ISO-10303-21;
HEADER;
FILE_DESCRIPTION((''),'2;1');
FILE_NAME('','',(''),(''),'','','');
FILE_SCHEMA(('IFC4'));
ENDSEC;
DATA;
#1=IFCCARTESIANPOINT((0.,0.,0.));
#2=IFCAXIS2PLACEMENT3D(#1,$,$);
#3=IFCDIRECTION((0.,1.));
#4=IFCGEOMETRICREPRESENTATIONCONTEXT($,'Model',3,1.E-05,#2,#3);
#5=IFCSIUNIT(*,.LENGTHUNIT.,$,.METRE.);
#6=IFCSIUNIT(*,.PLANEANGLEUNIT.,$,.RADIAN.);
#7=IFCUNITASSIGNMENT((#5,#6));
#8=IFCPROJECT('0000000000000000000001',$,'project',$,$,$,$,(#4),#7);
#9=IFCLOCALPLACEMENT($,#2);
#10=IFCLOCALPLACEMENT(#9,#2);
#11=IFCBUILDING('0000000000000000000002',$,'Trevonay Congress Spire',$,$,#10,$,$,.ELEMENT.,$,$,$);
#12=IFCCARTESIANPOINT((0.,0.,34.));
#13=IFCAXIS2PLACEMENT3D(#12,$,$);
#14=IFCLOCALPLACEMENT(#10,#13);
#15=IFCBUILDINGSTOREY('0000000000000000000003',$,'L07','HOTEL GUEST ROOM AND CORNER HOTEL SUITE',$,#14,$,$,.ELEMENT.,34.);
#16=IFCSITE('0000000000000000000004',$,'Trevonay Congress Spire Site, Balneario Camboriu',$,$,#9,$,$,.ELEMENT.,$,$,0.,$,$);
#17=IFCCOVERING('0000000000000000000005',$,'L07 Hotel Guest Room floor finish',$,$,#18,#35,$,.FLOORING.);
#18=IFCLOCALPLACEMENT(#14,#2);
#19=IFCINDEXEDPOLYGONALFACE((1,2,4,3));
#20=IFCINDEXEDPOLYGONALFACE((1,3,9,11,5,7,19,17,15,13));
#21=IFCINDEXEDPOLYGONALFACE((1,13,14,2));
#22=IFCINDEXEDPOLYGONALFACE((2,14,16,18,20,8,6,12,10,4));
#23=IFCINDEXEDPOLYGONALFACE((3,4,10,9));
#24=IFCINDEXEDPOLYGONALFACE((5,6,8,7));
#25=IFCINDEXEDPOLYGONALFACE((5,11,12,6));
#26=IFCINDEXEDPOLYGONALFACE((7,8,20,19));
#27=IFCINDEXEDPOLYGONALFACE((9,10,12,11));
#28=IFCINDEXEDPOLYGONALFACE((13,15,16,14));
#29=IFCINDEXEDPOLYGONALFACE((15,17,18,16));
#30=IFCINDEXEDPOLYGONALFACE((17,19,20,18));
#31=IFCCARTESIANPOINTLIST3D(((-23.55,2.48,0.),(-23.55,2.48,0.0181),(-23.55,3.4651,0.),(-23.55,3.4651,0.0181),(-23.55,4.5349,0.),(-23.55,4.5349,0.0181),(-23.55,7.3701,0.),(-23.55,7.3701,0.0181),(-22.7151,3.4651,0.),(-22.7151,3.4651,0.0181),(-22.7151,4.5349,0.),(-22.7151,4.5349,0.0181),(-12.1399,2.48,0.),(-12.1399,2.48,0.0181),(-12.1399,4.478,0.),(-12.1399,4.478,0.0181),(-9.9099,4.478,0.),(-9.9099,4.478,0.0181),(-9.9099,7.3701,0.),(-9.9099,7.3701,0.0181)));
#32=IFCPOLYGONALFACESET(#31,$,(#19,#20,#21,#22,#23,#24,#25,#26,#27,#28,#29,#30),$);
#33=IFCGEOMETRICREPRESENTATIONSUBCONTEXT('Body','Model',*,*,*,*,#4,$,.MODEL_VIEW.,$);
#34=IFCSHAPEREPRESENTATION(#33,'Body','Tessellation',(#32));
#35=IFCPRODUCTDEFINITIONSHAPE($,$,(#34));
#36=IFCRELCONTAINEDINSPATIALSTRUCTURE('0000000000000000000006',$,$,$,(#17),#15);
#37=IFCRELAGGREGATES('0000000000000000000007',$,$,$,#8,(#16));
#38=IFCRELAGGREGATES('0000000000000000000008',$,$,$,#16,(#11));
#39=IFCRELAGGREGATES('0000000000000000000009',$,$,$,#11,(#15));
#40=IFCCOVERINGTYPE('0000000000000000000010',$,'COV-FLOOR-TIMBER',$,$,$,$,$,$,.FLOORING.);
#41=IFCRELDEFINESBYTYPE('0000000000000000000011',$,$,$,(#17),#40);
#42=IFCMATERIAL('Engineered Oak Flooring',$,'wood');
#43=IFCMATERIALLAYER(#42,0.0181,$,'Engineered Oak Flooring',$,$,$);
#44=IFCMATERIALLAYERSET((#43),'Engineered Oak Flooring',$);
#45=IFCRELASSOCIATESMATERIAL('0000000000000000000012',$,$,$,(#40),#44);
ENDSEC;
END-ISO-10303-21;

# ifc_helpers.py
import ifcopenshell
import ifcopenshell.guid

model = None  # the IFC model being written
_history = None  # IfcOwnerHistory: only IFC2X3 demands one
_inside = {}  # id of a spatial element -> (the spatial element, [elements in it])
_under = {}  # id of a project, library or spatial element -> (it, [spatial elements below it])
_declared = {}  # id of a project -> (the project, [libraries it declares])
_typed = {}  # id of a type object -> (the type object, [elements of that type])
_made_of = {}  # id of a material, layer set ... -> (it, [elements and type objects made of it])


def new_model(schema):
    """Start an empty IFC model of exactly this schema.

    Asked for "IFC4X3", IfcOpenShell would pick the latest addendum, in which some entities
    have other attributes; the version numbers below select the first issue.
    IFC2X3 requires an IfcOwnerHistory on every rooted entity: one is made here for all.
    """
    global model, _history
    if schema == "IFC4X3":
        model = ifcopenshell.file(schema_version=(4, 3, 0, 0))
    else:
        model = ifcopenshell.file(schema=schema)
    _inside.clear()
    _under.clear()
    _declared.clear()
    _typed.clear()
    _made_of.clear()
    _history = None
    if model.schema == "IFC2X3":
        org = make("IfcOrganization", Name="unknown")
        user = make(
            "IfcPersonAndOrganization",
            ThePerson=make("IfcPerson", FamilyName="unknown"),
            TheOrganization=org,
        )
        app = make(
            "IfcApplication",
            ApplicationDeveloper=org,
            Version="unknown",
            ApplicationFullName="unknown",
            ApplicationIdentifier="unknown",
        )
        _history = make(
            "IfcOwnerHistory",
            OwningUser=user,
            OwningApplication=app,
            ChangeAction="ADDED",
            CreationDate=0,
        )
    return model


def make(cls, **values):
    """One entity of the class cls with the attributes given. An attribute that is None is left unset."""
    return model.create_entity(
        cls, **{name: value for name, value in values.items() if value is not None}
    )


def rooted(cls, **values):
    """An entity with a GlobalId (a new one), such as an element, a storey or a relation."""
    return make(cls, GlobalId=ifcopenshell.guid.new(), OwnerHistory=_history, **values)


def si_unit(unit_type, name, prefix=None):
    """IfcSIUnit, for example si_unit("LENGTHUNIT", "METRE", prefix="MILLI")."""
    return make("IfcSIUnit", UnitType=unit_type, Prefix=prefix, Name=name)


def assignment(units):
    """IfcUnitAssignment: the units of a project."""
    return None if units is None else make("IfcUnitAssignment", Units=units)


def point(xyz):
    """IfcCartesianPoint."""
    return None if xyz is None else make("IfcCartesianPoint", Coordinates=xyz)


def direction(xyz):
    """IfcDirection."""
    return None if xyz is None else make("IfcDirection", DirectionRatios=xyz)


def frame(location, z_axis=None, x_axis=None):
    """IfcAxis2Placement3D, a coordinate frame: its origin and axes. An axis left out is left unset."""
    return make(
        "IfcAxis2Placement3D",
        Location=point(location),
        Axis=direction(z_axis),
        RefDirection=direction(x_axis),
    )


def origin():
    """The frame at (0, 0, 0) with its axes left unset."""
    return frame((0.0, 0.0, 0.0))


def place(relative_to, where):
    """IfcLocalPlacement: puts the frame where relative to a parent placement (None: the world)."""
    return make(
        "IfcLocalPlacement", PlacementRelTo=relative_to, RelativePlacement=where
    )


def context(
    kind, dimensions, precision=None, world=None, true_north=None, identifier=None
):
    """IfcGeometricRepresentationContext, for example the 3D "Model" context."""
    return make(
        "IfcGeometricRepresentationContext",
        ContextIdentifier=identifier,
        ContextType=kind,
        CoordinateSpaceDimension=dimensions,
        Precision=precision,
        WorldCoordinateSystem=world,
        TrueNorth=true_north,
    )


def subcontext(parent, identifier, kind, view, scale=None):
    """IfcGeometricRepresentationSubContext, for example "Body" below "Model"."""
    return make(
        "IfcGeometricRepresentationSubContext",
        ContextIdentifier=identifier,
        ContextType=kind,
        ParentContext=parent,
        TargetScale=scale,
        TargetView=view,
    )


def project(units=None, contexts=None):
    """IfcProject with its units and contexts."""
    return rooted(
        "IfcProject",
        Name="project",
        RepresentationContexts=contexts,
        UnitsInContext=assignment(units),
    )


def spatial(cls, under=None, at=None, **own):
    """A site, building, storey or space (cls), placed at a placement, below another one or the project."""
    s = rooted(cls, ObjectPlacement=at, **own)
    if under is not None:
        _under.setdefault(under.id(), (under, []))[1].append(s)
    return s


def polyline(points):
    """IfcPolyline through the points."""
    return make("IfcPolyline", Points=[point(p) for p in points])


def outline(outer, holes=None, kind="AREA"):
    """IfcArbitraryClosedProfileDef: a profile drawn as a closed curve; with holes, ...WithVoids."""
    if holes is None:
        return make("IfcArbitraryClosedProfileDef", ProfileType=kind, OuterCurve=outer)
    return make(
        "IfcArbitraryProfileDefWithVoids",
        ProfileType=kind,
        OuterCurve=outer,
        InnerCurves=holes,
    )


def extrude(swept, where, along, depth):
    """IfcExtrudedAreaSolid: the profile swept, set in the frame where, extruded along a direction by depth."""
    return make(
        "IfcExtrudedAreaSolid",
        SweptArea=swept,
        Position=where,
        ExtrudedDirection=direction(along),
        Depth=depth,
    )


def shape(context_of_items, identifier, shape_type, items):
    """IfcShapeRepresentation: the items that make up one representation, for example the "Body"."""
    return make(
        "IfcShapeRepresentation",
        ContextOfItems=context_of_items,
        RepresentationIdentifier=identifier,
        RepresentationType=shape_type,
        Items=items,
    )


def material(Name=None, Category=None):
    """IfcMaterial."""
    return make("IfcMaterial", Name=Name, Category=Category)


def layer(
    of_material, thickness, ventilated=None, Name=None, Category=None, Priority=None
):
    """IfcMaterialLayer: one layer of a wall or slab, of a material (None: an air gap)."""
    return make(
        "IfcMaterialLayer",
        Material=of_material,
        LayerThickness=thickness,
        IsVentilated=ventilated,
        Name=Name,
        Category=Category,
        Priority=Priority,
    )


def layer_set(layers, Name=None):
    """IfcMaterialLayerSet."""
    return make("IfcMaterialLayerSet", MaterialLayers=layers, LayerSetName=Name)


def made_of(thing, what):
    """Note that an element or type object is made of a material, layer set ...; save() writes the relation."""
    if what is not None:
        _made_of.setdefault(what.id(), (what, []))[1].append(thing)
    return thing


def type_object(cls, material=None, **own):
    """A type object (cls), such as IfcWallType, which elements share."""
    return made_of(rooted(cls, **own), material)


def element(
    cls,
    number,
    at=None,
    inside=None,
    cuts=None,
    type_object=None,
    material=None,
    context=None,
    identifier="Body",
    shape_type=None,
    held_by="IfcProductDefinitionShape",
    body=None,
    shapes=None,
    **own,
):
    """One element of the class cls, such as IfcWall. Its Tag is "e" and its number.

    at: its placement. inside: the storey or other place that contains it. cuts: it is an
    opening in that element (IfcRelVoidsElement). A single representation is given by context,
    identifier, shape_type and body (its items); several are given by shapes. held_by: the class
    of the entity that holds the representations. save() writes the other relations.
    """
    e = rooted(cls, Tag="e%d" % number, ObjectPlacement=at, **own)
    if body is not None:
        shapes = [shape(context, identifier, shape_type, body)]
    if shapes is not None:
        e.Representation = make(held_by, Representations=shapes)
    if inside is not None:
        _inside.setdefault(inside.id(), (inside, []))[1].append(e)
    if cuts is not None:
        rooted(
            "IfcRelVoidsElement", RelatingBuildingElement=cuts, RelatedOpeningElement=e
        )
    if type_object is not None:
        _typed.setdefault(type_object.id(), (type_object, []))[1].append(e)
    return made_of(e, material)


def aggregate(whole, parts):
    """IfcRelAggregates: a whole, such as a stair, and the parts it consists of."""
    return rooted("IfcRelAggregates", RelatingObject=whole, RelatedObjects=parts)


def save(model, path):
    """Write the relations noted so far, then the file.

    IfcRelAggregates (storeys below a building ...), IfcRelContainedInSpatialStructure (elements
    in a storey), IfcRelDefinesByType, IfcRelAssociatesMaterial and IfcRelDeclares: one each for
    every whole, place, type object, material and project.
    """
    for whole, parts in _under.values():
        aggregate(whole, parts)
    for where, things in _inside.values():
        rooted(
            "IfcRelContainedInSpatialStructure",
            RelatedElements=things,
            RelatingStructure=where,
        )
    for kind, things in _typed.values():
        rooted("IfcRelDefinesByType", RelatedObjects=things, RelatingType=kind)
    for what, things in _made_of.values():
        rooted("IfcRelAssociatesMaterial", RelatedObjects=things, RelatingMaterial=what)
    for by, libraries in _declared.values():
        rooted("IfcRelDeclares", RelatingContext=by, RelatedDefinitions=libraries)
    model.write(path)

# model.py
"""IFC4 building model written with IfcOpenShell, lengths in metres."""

from ifc_helpers import new_model, si_unit, direction, frame, origin, place, context, subcontext, project, spatial, polyline, outline, extrude, material, layer, layer_set, type_object, element, save


model = new_model("IFC4")

# Units and contexts
model_context = context("Model", 3, precision=1e-05, world=origin(), true_north=direction((0.0, 1.0)))
body_context = subcontext(model_context, "Body", "Model", "MODEL_VIEW")
ifc_project = project(units=[si_unit("LENGTHUNIT", "METRE"), si_unit("PLANEANGLEUNIT", "RADIAN")], contexts=[model_context])

# Site, building, storey
site_placement = place(None, origin())
site = spatial("IfcSite", under=ifc_project, at=site_placement, Name="Trevonay Congress Spire Site, Balneario Camboriu", CompositionType="ELEMENT", RefElevation=0.0)
building_placement = place(site_placement, origin())
building = spatial("IfcBuilding", under=site, at=building_placement, Name="Trevonay Congress Spire", CompositionType="ELEMENT")
storey_placement = place(building_placement, frame((0.0, 0.0, 34.0)))
storey = spatial("IfcBuildingStorey", under=building, at=storey_placement, Name="L07", Description="HOTEL GUEST ROOM AND CORNER HOTEL SUITE", CompositionType="ELEMENT", Elevation=34.0)

# Covering
ifc_material_1 = material(Name="Engineered Oak Flooring", Category="wood")
ifc_layer_1 = layer(ifc_material_1, 0.0181, Name="Engineered Oak Flooring")
ifc_layer_set_1 = layer_set([ifc_layer_1], Name="Engineered Oak Flooring")
covering_type_1 = type_object("IfcCoveringType", Name="COV-FLOOR-TIMBER", PredefinedType="FLOORING", material=ifc_layer_set_1)
covering_1_placement = place(storey_placement, origin())
element("IfcCovering", 1, at=covering_1_placement, inside=storey, type_object=covering_type_1, Name="L07 Hotel Guest Room floor finish", PredefinedType="FLOORING", context=body_context, shape_type="SweptSolid", body=[
    extrude(outline(polyline([(-23.55, 3.4651), (-22.7151, 3.4651), (-22.7151, 4.5349), (-23.55, 4.5349), (-23.55, 7.3701), (-9.9099, 7.3701), (-9.9099, 4.478), (-12.1399, 4.478), (-12.1399, 2.48), (-23.55, 2.48), (-23.55, 3.4651)])), origin(), (0.0, 0.0, 1.0), 0.0181),
])

save(model, "model.ifc")
